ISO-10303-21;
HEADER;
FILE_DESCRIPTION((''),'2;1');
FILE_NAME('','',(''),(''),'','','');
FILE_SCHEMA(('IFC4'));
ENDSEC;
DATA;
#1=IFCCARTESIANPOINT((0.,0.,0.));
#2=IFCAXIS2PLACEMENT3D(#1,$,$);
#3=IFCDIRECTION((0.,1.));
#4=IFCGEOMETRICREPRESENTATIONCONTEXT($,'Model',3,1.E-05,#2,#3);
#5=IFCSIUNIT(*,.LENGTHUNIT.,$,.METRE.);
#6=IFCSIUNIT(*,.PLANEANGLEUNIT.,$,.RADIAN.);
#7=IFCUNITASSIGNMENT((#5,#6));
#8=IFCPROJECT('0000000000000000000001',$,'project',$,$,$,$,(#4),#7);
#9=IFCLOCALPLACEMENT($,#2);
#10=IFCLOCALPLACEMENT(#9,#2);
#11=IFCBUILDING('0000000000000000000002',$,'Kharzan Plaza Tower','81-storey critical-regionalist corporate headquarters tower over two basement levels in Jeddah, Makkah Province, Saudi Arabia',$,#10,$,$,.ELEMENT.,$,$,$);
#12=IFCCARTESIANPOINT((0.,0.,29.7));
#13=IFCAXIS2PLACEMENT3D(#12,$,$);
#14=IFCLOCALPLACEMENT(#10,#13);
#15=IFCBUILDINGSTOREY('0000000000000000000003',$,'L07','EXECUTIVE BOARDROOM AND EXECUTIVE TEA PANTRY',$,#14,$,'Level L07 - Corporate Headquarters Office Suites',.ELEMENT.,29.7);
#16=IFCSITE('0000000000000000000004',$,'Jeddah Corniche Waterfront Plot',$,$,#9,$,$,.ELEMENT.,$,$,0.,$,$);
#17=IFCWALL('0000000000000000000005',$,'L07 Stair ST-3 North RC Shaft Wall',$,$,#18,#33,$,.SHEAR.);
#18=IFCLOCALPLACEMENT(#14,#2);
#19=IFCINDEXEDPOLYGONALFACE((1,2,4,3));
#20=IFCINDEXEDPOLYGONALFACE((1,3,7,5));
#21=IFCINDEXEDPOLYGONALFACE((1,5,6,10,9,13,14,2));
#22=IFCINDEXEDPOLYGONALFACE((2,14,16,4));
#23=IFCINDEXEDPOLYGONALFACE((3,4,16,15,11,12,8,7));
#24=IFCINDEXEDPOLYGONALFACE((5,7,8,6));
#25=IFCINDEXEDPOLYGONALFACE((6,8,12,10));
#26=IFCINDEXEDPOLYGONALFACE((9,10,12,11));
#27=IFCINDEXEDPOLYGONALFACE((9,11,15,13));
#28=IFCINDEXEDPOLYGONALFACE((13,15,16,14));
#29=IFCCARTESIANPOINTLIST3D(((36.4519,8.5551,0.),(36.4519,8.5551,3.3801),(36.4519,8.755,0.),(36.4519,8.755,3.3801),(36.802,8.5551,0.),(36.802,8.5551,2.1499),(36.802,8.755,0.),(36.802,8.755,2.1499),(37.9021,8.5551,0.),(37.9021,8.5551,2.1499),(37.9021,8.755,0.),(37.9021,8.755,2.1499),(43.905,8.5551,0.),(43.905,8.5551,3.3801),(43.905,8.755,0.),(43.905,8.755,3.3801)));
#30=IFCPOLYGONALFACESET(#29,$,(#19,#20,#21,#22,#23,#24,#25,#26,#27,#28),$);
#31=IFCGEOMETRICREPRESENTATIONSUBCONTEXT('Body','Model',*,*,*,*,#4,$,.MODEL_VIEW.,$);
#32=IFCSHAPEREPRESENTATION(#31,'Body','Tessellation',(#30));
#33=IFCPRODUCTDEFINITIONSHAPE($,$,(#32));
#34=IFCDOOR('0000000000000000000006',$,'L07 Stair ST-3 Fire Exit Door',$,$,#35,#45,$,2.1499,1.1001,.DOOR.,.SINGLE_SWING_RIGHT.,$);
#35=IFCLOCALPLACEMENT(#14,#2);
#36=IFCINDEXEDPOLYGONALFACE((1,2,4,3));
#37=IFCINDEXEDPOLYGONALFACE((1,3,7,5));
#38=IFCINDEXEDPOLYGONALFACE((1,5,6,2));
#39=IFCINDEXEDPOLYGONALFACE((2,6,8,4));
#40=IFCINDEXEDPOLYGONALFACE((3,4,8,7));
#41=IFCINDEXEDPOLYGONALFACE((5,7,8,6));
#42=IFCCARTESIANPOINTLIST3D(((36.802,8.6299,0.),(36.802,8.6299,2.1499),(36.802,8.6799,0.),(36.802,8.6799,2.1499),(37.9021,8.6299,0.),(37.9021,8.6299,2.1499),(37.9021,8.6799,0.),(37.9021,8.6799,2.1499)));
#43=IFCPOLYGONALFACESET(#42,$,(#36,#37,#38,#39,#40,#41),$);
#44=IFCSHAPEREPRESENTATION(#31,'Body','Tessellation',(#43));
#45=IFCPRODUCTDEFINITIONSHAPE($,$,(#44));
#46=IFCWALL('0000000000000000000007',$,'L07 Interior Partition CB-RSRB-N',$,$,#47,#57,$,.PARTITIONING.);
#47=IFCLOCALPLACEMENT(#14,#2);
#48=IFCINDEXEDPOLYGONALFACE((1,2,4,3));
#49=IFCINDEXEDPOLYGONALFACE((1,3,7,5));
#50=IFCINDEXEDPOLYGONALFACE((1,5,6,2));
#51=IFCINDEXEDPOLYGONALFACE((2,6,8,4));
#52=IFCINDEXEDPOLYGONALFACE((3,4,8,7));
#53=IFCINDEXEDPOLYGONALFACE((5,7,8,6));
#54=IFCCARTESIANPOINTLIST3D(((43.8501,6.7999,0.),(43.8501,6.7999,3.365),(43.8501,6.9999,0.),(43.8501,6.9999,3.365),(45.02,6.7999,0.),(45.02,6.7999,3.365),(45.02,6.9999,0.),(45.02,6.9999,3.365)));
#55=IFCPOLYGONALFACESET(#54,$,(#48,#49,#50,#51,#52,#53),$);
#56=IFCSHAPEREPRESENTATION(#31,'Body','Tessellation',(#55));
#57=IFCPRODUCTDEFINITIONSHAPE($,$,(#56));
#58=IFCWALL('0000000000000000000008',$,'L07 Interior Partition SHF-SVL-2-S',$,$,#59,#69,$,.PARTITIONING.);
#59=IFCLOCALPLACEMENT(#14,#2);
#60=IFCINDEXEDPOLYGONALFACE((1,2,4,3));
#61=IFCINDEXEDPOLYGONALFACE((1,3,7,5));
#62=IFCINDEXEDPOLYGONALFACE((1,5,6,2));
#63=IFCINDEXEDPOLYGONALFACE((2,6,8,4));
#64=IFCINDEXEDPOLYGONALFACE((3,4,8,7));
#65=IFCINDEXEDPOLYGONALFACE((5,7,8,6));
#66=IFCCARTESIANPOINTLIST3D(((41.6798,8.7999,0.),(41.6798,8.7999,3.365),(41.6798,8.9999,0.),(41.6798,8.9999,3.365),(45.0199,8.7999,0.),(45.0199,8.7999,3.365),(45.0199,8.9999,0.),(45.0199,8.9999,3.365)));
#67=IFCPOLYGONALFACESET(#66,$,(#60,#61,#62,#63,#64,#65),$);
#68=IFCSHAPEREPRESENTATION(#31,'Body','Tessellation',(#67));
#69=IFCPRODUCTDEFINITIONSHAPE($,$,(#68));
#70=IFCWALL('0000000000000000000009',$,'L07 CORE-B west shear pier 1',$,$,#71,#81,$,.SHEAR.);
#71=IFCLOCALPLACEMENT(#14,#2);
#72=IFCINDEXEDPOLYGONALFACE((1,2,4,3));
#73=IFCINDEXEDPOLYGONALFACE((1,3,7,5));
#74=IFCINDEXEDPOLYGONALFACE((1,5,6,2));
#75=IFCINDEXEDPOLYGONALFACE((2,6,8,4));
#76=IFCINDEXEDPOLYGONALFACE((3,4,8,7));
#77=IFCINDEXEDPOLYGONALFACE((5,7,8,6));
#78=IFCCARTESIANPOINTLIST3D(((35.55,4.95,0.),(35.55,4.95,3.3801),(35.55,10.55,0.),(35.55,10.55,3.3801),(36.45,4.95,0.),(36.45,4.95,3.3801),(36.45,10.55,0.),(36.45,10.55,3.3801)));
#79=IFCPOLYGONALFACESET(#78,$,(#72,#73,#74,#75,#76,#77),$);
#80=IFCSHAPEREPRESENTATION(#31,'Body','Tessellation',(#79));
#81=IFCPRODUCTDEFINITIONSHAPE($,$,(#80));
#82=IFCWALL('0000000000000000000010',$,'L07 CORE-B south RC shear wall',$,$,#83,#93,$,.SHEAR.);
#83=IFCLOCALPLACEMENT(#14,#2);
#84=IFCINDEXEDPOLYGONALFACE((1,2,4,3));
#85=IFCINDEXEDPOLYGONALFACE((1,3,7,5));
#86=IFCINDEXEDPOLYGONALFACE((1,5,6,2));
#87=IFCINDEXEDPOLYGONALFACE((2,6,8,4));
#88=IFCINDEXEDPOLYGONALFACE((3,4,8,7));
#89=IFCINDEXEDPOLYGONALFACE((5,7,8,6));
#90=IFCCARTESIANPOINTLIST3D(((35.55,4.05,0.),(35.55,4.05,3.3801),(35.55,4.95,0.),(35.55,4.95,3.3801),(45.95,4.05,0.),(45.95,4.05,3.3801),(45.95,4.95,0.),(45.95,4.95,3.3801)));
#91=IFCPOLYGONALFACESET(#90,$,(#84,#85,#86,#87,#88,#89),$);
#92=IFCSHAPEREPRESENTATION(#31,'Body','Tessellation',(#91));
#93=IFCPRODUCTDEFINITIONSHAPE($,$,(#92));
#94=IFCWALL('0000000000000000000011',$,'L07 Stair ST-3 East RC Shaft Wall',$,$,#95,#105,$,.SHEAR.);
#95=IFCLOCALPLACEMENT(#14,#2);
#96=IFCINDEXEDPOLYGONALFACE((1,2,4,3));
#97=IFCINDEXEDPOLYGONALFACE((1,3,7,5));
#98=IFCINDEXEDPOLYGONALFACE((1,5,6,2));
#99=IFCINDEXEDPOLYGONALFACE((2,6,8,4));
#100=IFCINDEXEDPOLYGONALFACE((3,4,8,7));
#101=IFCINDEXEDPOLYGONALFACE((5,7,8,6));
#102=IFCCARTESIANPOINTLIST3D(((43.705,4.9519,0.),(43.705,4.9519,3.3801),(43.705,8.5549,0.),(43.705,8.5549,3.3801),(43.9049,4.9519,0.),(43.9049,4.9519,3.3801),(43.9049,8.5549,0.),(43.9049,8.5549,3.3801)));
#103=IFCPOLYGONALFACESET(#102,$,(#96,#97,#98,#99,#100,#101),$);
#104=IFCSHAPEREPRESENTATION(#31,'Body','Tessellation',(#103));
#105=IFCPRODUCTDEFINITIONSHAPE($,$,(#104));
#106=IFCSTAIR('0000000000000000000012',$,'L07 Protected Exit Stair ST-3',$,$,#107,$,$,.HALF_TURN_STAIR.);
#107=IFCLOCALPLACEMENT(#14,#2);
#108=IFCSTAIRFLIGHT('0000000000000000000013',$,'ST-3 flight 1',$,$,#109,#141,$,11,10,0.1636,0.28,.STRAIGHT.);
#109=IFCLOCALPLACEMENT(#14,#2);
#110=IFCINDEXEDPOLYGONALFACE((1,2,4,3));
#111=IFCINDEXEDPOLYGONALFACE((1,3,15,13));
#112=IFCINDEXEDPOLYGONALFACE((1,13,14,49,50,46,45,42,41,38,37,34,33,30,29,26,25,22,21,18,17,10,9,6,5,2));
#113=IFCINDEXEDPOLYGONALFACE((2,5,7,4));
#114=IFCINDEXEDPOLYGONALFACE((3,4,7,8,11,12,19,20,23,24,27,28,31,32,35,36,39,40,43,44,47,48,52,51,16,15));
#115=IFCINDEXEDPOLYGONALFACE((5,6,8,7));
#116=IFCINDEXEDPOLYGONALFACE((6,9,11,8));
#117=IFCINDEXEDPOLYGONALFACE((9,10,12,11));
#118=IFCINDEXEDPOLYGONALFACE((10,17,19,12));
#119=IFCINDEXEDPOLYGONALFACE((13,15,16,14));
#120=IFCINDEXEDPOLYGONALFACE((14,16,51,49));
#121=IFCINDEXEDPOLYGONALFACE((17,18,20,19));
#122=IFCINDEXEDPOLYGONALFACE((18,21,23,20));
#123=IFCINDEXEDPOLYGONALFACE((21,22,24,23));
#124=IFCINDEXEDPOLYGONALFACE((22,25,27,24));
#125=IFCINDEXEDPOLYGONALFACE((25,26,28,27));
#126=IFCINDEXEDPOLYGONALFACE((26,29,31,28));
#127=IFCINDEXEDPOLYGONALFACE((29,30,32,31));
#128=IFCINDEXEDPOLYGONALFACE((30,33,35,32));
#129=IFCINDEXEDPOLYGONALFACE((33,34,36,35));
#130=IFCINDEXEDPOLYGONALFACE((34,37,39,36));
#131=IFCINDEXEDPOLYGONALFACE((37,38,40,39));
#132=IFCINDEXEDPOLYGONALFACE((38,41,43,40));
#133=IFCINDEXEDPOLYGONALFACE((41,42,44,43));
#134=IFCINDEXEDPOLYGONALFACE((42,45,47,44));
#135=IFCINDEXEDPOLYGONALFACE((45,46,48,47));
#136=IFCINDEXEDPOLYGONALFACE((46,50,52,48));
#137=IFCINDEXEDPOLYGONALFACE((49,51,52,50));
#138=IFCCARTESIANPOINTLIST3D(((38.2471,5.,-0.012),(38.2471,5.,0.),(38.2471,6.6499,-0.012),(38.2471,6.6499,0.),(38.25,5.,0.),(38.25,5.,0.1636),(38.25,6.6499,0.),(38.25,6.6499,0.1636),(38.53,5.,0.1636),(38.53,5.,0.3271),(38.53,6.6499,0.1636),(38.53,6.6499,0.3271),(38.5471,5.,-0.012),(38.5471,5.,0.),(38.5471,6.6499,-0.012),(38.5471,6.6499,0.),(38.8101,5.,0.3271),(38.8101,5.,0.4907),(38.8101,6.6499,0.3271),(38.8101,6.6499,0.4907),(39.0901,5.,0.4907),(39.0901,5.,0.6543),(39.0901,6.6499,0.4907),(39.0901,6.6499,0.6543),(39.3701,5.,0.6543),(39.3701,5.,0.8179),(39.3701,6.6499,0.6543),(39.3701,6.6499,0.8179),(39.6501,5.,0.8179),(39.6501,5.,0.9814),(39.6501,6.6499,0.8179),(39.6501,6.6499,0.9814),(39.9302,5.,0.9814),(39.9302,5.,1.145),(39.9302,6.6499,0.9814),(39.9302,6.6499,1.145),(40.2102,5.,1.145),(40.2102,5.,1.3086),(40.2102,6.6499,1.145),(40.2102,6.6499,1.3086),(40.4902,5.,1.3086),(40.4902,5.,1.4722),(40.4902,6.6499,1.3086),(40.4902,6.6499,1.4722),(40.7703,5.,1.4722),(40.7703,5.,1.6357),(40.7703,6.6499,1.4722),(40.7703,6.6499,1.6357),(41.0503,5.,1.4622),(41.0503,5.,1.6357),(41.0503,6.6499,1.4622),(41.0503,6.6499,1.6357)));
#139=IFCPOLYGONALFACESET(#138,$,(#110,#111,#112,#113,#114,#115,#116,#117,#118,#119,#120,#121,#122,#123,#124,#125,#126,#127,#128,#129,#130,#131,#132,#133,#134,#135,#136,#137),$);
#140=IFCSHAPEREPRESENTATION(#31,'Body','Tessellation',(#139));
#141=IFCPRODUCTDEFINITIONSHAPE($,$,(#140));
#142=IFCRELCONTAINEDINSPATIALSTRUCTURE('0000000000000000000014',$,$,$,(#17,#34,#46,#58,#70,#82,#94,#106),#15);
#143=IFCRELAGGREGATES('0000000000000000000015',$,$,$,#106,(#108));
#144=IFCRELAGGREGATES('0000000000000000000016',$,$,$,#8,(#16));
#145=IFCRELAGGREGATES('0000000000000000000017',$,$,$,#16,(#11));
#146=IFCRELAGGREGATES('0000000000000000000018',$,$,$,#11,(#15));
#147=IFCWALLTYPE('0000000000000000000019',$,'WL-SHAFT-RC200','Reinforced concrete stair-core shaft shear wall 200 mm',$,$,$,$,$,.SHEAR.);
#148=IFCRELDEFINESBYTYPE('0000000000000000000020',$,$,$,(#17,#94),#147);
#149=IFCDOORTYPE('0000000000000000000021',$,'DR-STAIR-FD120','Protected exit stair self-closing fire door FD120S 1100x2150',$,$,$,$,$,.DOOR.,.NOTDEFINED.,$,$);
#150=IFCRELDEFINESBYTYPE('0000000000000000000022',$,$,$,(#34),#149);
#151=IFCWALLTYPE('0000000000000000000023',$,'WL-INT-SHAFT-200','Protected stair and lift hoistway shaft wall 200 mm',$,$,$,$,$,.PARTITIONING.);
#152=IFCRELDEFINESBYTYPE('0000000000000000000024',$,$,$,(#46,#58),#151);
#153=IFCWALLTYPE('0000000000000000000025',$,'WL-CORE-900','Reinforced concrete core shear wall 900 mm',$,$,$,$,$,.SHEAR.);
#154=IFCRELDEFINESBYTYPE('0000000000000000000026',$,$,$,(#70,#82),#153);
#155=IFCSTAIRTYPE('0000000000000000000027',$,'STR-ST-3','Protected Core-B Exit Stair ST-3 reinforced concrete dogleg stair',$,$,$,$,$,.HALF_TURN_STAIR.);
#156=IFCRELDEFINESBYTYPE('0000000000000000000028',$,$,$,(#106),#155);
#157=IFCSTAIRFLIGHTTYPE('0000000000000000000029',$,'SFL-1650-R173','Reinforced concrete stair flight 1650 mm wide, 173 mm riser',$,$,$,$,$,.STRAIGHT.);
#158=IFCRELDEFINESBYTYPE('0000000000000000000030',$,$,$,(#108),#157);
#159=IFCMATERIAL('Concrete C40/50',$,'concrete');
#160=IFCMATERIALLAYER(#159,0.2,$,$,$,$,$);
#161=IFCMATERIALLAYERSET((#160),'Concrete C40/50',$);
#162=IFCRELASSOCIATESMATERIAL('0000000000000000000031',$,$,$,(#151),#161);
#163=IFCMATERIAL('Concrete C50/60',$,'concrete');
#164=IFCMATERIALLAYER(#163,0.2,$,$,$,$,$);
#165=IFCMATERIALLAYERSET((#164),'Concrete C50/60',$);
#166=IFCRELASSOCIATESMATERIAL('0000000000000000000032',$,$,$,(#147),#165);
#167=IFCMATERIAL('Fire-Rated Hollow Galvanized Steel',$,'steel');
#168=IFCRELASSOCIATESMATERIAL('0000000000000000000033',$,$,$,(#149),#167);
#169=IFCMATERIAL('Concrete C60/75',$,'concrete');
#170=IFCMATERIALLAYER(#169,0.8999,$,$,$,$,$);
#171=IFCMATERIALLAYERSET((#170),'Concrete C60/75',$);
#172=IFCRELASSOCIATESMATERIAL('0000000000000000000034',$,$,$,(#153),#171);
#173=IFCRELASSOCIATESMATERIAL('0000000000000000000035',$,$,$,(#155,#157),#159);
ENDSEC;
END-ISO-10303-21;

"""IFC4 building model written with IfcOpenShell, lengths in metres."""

from ifc_helpers import new_model, si_unit, direction, frame, frame_2d, origin, place, context, subcontext, project, spatial, polyline, rectangle, outline, extrude, source, transform, mapped, material, layer, layer_set, type_object, element, fill, aggregate, save


model = new_model("IFC4")

# Units and contexts
model_context = context("Model", 3, precision=1e-05, world=origin(), true_north=direction((0.0, 1.0)))
body_context = subcontext(model_context, "Body", "Model", "MODEL_VIEW")
ifc_project = project(units=[si_unit("LENGTHUNIT", "METRE"), si_unit("PLANEANGLEUNIT", "RADIAN")], contexts=[model_context])

# Site, building, storey
site_placement = place(None, origin())
site = spatial("IfcSite", under=ifc_project, at=site_placement, Name="Jeddah Corniche Waterfront Plot", CompositionType="ELEMENT", RefElevation=0.0)
building_placement = place(site_placement, origin())
building = spatial("IfcBuilding", under=site, at=building_placement, Name="Kharzan Plaza Tower", Description="81-storey critical-regionalist corporate headquarters tower over two basement levels in Jeddah, Makkah Province, Saudi Arabia", CompositionType="ELEMENT")
storey_placement = place(building_placement, frame((0.0, 0.0, 29.7)))
storey = spatial("IfcBuildingStorey", under=building, at=storey_placement, Name="L07", Description="EXECUTIVE BOARDROOM AND EXECUTIVE TEA PANTRY", LongName="Level L07 - Corporate Headquarters Office Suites", CompositionType="ELEMENT", Elevation=29.7)

# Shared definitions
ifc_material_1 = material(Name="Concrete C60/75", Category="concrete")

# Shared definitions
ifc_material_2 = material(Name="Concrete C40/50", Category="concrete")

# Wall, opening, door
ifc_layer_1 = layer(ifc_material_2, 0.2)
ifc_layer_set_1 = layer_set([ifc_layer_1], Name="Concrete C40/50")
wall_type_1 = type_object("IfcWallType", Name="WL-INT-SHAFT-200", Description="Protected stair and lift hoistway shaft wall 200 mm", PredefinedType="PARTITIONING", material=ifc_layer_set_1)
ifc_material_3 = material(Name="Concrete C50/60", Category="concrete")
ifc_layer_2 = layer(ifc_material_3, 0.2)
ifc_layer_set_2 = layer_set([ifc_layer_2], Name="Concrete C50/60")
wall_type_2 = type_object("IfcWallType", Name="WL-SHAFT-RC200", Description="Reinforced concrete stair-core shaft shear wall 200 mm", PredefinedType="SHEAR", material=ifc_layer_set_2)
wall_1_placement = place(storey_placement, frame((36.4519, 8.655, 0.0), z_axis=(0.0, 0.0, 1.0), x_axis=(1.0, 0.0, 0.0)))
wall_1 = element("IfcWall", 1, at=wall_1_placement, inside=storey, type_object=wall_type_2, Name="L07 Stair ST-3 North RC Shaft Wall", PredefinedType="SHEAR", context=body_context, shape_type="SweptSolid", body=[
    extrude(rectangle(XDim=7.4531, YDim=0.2, at=frame_2d((3.7266, 0.0))), origin(), (0.0, 0.0, 1.0), 3.3801),
])
opening_1_placement = place(wall_1_placement, frame((0.3501, 0.0, 0.0)))
opening_1 = element("IfcOpeningElement", 2, at=opening_1_placement, cuts=wall_1, PredefinedType="OPENING", context=body_context, shape_type="SweptSolid", body=[
    extrude(rectangle(XDim=1.1001, YDim=2.1499, at=frame_2d((0.55, 1.075))), frame((0.0, 0.1099, 0.0), z_axis=(0.0, -1.0, 0.0), x_axis=(1.0, 0.0, 0.0)), (0.0, 0.0, 1.0), 0.22),
])
ifc_material_4 = material(Name="Fire-Rated Hollow Galvanized Steel", Category="steel")
door_type_1 = type_object("IfcDoorType", Name="DR-STAIR-FD120", Description="Protected exit stair self-closing fire door FD120S 1100x2150", OperationType="NOTDEFINED", PredefinedType="DOOR", material=ifc_material_4)
shared_shape_1 = source(origin(), body_context, "Body", "SweptSolid", [
    extrude(rectangle(XDim=1.1001, YDim=2.1499, at=frame_2d((0.55, 1.075))), frame((0.0, 0.0249, 0.0), z_axis=(0.0, -1.0, 0.0), x_axis=(1.0, 0.0, 0.0)), (0.0, 0.0, 1.0), 0.05),
])
door_1_placement = place(opening_1_placement, origin())
door_1 = element("IfcDoor", 3, at=door_1_placement, inside=storey, type_object=door_type_1, Name="L07 Stair ST-3 Fire Exit Door", OperationType="SINGLE_SWING_RIGHT", OverallHeight=2.1499, OverallWidth=1.1001, PredefinedType="DOOR", context=body_context, shape_type="MappedRepresentation", body=[
    mapped(shared_shape_1, transform((0.0, 0.0, 0.0), x_axis=(1.0, 0.0, 0.0), y_axis=(0.0, 1.0, 0.0), z_axis=(0.0, 0.0, 1.0))),
])
fill(opening_1, door_1)

# Walls
shared_shape_2 = source(origin(), body_context, "Body", "SweptSolid", [
    extrude(rectangle(XDim=1.1699, YDim=0.2, at=frame_2d((0.585, 0.0))), origin(), (0.0, 0.0, 1.0), 3.365),
])
wall_2_placement = place(storey_placement, frame((43.8501, 6.8999, 0.0), z_axis=(0.0, 0.0, 1.0), x_axis=(1.0, 0.0, 0.0)))
element("IfcWall", 4, at=wall_2_placement, inside=storey, type_object=wall_type_1, Name="L07 Interior Partition CB-RSRB-N", PredefinedType="PARTITIONING", context=body_context, shape_type="MappedRepresentation", body=[
    mapped(shared_shape_2, transform((0.0, 0.0, 0.0), x_axis=(1.0, 0.0, 0.0), y_axis=(0.0, 1.0, 0.0), z_axis=(0.0, 0.0, 1.0))),
])
shared_shape_3 = source(origin(), body_context, "Body", "SweptSolid", [
    extrude(rectangle(XDim=3.3401, YDim=0.2, at=frame_2d((1.6699, 0.0))), origin(), (0.0, 0.0, 1.0), 3.365),
])
wall_3_placement = place(storey_placement, frame((41.6799, 8.8999, 0.0), z_axis=(0.0, 0.0, 1.0), x_axis=(1.0, 0.0, 0.0)))
element("IfcWall", 5, at=wall_3_placement, inside=storey, type_object=wall_type_1, Name="L07 Interior Partition SHF-SVL-2-S", PredefinedType="PARTITIONING", context=body_context, shape_type="MappedRepresentation", body=[
    mapped(shared_shape_3, transform((0.0, 0.0, 0.0), x_axis=(1.0, 0.0, 0.0), y_axis=(0.0, 1.0, 0.0), z_axis=(0.0, 0.0, 1.0))),
])
ifc_layer_3 = layer(ifc_material_1, 0.8999)
ifc_layer_set_3 = layer_set([ifc_layer_3], Name="Concrete C60/75")
wall_type_3 = type_object("IfcWallType", Name="WL-CORE-900", Description="Reinforced concrete core shear wall 900 mm", PredefinedType="SHEAR", material=ifc_layer_set_3)
shared_shape_4 = source(origin(), body_context, "Body", "SweptSolid", [
    extrude(rectangle(XDim=5.6001, YDim=0.8999, at=frame_2d((2.8, 0.0))), origin(), (0.0, 0.0, 1.0), 3.3801),
])
wall_4_placement = place(storey_placement, frame((36.0, 4.95, 0.0), z_axis=(0.0, 0.0, 1.0), x_axis=(0.0, 1.0, 0.0)))
element("IfcWall", 6, at=wall_4_placement, inside=storey, type_object=wall_type_3, Name="L07 CORE-B west shear pier 1", PredefinedType="SHEAR", context=body_context, shape_type="MappedRepresentation", body=[
    mapped(shared_shape_4, transform((0.0, 0.0, 0.0), x_axis=(1.0, 0.0, 0.0), y_axis=(0.0, 1.0, 0.0), z_axis=(0.0, 0.0, 1.0))),
])
shared_shape_5 = source(origin(), body_context, "Body", "SweptSolid", [
    extrude(rectangle(XDim=10.3999, YDim=0.8999, at=frame_2d((5.2, 0.0))), origin(), (0.0, 0.0, 1.0), 3.3801),
])
wall_5_placement = place(storey_placement, frame((35.55, 4.5, 0.0), z_axis=(0.0, 0.0, 1.0), x_axis=(1.0, 0.0, 0.0)))
element("IfcWall", 7, at=wall_5_placement, inside=storey, type_object=wall_type_3, Name="L07 CORE-B south RC shear wall", PredefinedType="SHEAR", context=body_context, shape_type="MappedRepresentation", body=[
    mapped(shared_shape_5, transform((0.0, 0.0, 0.0), x_axis=(1.0, 0.0, 0.0), y_axis=(0.0, 1.0, 0.0), z_axis=(0.0, 0.0, 1.0))),
])
shared_shape_6 = source(origin(), body_context, "Body", "SweptSolid", [
    extrude(rectangle(XDim=3.603, YDim=0.2, at=frame_2d((1.8015, 0.0))), origin(), (0.0, 0.0, 1.0), 3.3801),
])
wall_6_placement = place(storey_placement, frame((43.8049, 4.9519, 0.0), z_axis=(0.0, 0.0, 1.0), x_axis=(0.0, 1.0, 0.0)))
element("IfcWall", 8, at=wall_6_placement, inside=storey, type_object=wall_type_2, Name="L07 Stair ST-3 East RC Shaft Wall", PredefinedType="SHEAR", context=body_context, shape_type="MappedRepresentation", body=[
    mapped(shared_shape_6, transform((0.0, 0.0, 0.0), x_axis=(1.0, 0.0, 0.0), y_axis=(0.0, 1.0, 0.0), z_axis=(0.0, 0.0, 1.0))),
])

# Stair, stair flight
stair_type = type_object("IfcStairType", Name="STR-ST-3", Description="Protected Core-B Exit Stair ST-3 reinforced concrete dogleg stair", PredefinedType="HALF_TURN_STAIR", material=ifc_material_2)
stair_placement = place(storey_placement, origin())
stair = element("IfcStair", 9, at=stair_placement, inside=storey, type_object=stair_type, Name="L07 Protected Exit Stair ST-3", PredefinedType="HALF_TURN_STAIR")
stair_flight_type = type_object("IfcStairFlightType", Name="SFL-1650-R173", Description="Reinforced concrete stair flight 1650 mm wide, 173 mm riser", PredefinedType="STRAIGHT", material=ifc_material_2)
shared_shape_7 = source(origin(), body_context, "Body", "SweptSolid", [
    extrude(outline(polyline([(-0.0029, -0.012), (-0.0029, 0.0), (0.0, 0.0), (0.0, 0.1636), (0.28, 0.1636), (0.28, 0.3271), (0.5601, 0.3271), (0.5601, 0.4907), (0.8401, 0.4907), (0.8401, 0.6543), (1.1201, 0.6543), (1.1201, 0.8179), (1.4001, 0.8179), (1.4001, 0.9814), (1.6802, 0.9814), (1.6802, 1.145), (1.9602, 1.145), (1.9602, 1.3086), (2.2402, 1.3086), (2.2402, 1.4722), (2.5203, 1.4722), (2.5203, 1.6357), (2.8003, 1.6357), (2.8003, 1.7993), (2.8003, 1.4622), (0.2971, 0.0), (0.2971, -0.012), (-0.0029, -0.012)])), frame((0.0, 0.825, 0.0), z_axis=(0.0, -1.0, 0.0), x_axis=(1.0, 0.0, 0.0)), (0.0, 0.0, 1.0), 1.6499),
])
stair_flight_1_placement = place(storey_placement, frame((38.25, 5.825, 0.0), z_axis=(0.0, 0.0, 1.0), x_axis=(1.0, 0.0, 0.0)))
stair_flight_1 = element("IfcStairFlight", 10, at=stair_flight_1_placement, type_object=stair_flight_type, Name="ST-3 flight 1", NumberOfRisers=11, NumberOfTreads=10, PredefinedType="STRAIGHT", RiserHeight=0.1636, TreadLength=0.28, context=body_context, shape_type="MappedRepresentation", body=[
    mapped(shared_shape_7, transform((0.0, 0.0, 0.0), x_axis=(1.0, 0.0, 0.0), y_axis=(0.0, 1.0, 0.0), z_axis=(0.0, 0.0, 1.0))),
])
aggregate(stair, [stair_flight_1])

save(model, "model.ifc")
